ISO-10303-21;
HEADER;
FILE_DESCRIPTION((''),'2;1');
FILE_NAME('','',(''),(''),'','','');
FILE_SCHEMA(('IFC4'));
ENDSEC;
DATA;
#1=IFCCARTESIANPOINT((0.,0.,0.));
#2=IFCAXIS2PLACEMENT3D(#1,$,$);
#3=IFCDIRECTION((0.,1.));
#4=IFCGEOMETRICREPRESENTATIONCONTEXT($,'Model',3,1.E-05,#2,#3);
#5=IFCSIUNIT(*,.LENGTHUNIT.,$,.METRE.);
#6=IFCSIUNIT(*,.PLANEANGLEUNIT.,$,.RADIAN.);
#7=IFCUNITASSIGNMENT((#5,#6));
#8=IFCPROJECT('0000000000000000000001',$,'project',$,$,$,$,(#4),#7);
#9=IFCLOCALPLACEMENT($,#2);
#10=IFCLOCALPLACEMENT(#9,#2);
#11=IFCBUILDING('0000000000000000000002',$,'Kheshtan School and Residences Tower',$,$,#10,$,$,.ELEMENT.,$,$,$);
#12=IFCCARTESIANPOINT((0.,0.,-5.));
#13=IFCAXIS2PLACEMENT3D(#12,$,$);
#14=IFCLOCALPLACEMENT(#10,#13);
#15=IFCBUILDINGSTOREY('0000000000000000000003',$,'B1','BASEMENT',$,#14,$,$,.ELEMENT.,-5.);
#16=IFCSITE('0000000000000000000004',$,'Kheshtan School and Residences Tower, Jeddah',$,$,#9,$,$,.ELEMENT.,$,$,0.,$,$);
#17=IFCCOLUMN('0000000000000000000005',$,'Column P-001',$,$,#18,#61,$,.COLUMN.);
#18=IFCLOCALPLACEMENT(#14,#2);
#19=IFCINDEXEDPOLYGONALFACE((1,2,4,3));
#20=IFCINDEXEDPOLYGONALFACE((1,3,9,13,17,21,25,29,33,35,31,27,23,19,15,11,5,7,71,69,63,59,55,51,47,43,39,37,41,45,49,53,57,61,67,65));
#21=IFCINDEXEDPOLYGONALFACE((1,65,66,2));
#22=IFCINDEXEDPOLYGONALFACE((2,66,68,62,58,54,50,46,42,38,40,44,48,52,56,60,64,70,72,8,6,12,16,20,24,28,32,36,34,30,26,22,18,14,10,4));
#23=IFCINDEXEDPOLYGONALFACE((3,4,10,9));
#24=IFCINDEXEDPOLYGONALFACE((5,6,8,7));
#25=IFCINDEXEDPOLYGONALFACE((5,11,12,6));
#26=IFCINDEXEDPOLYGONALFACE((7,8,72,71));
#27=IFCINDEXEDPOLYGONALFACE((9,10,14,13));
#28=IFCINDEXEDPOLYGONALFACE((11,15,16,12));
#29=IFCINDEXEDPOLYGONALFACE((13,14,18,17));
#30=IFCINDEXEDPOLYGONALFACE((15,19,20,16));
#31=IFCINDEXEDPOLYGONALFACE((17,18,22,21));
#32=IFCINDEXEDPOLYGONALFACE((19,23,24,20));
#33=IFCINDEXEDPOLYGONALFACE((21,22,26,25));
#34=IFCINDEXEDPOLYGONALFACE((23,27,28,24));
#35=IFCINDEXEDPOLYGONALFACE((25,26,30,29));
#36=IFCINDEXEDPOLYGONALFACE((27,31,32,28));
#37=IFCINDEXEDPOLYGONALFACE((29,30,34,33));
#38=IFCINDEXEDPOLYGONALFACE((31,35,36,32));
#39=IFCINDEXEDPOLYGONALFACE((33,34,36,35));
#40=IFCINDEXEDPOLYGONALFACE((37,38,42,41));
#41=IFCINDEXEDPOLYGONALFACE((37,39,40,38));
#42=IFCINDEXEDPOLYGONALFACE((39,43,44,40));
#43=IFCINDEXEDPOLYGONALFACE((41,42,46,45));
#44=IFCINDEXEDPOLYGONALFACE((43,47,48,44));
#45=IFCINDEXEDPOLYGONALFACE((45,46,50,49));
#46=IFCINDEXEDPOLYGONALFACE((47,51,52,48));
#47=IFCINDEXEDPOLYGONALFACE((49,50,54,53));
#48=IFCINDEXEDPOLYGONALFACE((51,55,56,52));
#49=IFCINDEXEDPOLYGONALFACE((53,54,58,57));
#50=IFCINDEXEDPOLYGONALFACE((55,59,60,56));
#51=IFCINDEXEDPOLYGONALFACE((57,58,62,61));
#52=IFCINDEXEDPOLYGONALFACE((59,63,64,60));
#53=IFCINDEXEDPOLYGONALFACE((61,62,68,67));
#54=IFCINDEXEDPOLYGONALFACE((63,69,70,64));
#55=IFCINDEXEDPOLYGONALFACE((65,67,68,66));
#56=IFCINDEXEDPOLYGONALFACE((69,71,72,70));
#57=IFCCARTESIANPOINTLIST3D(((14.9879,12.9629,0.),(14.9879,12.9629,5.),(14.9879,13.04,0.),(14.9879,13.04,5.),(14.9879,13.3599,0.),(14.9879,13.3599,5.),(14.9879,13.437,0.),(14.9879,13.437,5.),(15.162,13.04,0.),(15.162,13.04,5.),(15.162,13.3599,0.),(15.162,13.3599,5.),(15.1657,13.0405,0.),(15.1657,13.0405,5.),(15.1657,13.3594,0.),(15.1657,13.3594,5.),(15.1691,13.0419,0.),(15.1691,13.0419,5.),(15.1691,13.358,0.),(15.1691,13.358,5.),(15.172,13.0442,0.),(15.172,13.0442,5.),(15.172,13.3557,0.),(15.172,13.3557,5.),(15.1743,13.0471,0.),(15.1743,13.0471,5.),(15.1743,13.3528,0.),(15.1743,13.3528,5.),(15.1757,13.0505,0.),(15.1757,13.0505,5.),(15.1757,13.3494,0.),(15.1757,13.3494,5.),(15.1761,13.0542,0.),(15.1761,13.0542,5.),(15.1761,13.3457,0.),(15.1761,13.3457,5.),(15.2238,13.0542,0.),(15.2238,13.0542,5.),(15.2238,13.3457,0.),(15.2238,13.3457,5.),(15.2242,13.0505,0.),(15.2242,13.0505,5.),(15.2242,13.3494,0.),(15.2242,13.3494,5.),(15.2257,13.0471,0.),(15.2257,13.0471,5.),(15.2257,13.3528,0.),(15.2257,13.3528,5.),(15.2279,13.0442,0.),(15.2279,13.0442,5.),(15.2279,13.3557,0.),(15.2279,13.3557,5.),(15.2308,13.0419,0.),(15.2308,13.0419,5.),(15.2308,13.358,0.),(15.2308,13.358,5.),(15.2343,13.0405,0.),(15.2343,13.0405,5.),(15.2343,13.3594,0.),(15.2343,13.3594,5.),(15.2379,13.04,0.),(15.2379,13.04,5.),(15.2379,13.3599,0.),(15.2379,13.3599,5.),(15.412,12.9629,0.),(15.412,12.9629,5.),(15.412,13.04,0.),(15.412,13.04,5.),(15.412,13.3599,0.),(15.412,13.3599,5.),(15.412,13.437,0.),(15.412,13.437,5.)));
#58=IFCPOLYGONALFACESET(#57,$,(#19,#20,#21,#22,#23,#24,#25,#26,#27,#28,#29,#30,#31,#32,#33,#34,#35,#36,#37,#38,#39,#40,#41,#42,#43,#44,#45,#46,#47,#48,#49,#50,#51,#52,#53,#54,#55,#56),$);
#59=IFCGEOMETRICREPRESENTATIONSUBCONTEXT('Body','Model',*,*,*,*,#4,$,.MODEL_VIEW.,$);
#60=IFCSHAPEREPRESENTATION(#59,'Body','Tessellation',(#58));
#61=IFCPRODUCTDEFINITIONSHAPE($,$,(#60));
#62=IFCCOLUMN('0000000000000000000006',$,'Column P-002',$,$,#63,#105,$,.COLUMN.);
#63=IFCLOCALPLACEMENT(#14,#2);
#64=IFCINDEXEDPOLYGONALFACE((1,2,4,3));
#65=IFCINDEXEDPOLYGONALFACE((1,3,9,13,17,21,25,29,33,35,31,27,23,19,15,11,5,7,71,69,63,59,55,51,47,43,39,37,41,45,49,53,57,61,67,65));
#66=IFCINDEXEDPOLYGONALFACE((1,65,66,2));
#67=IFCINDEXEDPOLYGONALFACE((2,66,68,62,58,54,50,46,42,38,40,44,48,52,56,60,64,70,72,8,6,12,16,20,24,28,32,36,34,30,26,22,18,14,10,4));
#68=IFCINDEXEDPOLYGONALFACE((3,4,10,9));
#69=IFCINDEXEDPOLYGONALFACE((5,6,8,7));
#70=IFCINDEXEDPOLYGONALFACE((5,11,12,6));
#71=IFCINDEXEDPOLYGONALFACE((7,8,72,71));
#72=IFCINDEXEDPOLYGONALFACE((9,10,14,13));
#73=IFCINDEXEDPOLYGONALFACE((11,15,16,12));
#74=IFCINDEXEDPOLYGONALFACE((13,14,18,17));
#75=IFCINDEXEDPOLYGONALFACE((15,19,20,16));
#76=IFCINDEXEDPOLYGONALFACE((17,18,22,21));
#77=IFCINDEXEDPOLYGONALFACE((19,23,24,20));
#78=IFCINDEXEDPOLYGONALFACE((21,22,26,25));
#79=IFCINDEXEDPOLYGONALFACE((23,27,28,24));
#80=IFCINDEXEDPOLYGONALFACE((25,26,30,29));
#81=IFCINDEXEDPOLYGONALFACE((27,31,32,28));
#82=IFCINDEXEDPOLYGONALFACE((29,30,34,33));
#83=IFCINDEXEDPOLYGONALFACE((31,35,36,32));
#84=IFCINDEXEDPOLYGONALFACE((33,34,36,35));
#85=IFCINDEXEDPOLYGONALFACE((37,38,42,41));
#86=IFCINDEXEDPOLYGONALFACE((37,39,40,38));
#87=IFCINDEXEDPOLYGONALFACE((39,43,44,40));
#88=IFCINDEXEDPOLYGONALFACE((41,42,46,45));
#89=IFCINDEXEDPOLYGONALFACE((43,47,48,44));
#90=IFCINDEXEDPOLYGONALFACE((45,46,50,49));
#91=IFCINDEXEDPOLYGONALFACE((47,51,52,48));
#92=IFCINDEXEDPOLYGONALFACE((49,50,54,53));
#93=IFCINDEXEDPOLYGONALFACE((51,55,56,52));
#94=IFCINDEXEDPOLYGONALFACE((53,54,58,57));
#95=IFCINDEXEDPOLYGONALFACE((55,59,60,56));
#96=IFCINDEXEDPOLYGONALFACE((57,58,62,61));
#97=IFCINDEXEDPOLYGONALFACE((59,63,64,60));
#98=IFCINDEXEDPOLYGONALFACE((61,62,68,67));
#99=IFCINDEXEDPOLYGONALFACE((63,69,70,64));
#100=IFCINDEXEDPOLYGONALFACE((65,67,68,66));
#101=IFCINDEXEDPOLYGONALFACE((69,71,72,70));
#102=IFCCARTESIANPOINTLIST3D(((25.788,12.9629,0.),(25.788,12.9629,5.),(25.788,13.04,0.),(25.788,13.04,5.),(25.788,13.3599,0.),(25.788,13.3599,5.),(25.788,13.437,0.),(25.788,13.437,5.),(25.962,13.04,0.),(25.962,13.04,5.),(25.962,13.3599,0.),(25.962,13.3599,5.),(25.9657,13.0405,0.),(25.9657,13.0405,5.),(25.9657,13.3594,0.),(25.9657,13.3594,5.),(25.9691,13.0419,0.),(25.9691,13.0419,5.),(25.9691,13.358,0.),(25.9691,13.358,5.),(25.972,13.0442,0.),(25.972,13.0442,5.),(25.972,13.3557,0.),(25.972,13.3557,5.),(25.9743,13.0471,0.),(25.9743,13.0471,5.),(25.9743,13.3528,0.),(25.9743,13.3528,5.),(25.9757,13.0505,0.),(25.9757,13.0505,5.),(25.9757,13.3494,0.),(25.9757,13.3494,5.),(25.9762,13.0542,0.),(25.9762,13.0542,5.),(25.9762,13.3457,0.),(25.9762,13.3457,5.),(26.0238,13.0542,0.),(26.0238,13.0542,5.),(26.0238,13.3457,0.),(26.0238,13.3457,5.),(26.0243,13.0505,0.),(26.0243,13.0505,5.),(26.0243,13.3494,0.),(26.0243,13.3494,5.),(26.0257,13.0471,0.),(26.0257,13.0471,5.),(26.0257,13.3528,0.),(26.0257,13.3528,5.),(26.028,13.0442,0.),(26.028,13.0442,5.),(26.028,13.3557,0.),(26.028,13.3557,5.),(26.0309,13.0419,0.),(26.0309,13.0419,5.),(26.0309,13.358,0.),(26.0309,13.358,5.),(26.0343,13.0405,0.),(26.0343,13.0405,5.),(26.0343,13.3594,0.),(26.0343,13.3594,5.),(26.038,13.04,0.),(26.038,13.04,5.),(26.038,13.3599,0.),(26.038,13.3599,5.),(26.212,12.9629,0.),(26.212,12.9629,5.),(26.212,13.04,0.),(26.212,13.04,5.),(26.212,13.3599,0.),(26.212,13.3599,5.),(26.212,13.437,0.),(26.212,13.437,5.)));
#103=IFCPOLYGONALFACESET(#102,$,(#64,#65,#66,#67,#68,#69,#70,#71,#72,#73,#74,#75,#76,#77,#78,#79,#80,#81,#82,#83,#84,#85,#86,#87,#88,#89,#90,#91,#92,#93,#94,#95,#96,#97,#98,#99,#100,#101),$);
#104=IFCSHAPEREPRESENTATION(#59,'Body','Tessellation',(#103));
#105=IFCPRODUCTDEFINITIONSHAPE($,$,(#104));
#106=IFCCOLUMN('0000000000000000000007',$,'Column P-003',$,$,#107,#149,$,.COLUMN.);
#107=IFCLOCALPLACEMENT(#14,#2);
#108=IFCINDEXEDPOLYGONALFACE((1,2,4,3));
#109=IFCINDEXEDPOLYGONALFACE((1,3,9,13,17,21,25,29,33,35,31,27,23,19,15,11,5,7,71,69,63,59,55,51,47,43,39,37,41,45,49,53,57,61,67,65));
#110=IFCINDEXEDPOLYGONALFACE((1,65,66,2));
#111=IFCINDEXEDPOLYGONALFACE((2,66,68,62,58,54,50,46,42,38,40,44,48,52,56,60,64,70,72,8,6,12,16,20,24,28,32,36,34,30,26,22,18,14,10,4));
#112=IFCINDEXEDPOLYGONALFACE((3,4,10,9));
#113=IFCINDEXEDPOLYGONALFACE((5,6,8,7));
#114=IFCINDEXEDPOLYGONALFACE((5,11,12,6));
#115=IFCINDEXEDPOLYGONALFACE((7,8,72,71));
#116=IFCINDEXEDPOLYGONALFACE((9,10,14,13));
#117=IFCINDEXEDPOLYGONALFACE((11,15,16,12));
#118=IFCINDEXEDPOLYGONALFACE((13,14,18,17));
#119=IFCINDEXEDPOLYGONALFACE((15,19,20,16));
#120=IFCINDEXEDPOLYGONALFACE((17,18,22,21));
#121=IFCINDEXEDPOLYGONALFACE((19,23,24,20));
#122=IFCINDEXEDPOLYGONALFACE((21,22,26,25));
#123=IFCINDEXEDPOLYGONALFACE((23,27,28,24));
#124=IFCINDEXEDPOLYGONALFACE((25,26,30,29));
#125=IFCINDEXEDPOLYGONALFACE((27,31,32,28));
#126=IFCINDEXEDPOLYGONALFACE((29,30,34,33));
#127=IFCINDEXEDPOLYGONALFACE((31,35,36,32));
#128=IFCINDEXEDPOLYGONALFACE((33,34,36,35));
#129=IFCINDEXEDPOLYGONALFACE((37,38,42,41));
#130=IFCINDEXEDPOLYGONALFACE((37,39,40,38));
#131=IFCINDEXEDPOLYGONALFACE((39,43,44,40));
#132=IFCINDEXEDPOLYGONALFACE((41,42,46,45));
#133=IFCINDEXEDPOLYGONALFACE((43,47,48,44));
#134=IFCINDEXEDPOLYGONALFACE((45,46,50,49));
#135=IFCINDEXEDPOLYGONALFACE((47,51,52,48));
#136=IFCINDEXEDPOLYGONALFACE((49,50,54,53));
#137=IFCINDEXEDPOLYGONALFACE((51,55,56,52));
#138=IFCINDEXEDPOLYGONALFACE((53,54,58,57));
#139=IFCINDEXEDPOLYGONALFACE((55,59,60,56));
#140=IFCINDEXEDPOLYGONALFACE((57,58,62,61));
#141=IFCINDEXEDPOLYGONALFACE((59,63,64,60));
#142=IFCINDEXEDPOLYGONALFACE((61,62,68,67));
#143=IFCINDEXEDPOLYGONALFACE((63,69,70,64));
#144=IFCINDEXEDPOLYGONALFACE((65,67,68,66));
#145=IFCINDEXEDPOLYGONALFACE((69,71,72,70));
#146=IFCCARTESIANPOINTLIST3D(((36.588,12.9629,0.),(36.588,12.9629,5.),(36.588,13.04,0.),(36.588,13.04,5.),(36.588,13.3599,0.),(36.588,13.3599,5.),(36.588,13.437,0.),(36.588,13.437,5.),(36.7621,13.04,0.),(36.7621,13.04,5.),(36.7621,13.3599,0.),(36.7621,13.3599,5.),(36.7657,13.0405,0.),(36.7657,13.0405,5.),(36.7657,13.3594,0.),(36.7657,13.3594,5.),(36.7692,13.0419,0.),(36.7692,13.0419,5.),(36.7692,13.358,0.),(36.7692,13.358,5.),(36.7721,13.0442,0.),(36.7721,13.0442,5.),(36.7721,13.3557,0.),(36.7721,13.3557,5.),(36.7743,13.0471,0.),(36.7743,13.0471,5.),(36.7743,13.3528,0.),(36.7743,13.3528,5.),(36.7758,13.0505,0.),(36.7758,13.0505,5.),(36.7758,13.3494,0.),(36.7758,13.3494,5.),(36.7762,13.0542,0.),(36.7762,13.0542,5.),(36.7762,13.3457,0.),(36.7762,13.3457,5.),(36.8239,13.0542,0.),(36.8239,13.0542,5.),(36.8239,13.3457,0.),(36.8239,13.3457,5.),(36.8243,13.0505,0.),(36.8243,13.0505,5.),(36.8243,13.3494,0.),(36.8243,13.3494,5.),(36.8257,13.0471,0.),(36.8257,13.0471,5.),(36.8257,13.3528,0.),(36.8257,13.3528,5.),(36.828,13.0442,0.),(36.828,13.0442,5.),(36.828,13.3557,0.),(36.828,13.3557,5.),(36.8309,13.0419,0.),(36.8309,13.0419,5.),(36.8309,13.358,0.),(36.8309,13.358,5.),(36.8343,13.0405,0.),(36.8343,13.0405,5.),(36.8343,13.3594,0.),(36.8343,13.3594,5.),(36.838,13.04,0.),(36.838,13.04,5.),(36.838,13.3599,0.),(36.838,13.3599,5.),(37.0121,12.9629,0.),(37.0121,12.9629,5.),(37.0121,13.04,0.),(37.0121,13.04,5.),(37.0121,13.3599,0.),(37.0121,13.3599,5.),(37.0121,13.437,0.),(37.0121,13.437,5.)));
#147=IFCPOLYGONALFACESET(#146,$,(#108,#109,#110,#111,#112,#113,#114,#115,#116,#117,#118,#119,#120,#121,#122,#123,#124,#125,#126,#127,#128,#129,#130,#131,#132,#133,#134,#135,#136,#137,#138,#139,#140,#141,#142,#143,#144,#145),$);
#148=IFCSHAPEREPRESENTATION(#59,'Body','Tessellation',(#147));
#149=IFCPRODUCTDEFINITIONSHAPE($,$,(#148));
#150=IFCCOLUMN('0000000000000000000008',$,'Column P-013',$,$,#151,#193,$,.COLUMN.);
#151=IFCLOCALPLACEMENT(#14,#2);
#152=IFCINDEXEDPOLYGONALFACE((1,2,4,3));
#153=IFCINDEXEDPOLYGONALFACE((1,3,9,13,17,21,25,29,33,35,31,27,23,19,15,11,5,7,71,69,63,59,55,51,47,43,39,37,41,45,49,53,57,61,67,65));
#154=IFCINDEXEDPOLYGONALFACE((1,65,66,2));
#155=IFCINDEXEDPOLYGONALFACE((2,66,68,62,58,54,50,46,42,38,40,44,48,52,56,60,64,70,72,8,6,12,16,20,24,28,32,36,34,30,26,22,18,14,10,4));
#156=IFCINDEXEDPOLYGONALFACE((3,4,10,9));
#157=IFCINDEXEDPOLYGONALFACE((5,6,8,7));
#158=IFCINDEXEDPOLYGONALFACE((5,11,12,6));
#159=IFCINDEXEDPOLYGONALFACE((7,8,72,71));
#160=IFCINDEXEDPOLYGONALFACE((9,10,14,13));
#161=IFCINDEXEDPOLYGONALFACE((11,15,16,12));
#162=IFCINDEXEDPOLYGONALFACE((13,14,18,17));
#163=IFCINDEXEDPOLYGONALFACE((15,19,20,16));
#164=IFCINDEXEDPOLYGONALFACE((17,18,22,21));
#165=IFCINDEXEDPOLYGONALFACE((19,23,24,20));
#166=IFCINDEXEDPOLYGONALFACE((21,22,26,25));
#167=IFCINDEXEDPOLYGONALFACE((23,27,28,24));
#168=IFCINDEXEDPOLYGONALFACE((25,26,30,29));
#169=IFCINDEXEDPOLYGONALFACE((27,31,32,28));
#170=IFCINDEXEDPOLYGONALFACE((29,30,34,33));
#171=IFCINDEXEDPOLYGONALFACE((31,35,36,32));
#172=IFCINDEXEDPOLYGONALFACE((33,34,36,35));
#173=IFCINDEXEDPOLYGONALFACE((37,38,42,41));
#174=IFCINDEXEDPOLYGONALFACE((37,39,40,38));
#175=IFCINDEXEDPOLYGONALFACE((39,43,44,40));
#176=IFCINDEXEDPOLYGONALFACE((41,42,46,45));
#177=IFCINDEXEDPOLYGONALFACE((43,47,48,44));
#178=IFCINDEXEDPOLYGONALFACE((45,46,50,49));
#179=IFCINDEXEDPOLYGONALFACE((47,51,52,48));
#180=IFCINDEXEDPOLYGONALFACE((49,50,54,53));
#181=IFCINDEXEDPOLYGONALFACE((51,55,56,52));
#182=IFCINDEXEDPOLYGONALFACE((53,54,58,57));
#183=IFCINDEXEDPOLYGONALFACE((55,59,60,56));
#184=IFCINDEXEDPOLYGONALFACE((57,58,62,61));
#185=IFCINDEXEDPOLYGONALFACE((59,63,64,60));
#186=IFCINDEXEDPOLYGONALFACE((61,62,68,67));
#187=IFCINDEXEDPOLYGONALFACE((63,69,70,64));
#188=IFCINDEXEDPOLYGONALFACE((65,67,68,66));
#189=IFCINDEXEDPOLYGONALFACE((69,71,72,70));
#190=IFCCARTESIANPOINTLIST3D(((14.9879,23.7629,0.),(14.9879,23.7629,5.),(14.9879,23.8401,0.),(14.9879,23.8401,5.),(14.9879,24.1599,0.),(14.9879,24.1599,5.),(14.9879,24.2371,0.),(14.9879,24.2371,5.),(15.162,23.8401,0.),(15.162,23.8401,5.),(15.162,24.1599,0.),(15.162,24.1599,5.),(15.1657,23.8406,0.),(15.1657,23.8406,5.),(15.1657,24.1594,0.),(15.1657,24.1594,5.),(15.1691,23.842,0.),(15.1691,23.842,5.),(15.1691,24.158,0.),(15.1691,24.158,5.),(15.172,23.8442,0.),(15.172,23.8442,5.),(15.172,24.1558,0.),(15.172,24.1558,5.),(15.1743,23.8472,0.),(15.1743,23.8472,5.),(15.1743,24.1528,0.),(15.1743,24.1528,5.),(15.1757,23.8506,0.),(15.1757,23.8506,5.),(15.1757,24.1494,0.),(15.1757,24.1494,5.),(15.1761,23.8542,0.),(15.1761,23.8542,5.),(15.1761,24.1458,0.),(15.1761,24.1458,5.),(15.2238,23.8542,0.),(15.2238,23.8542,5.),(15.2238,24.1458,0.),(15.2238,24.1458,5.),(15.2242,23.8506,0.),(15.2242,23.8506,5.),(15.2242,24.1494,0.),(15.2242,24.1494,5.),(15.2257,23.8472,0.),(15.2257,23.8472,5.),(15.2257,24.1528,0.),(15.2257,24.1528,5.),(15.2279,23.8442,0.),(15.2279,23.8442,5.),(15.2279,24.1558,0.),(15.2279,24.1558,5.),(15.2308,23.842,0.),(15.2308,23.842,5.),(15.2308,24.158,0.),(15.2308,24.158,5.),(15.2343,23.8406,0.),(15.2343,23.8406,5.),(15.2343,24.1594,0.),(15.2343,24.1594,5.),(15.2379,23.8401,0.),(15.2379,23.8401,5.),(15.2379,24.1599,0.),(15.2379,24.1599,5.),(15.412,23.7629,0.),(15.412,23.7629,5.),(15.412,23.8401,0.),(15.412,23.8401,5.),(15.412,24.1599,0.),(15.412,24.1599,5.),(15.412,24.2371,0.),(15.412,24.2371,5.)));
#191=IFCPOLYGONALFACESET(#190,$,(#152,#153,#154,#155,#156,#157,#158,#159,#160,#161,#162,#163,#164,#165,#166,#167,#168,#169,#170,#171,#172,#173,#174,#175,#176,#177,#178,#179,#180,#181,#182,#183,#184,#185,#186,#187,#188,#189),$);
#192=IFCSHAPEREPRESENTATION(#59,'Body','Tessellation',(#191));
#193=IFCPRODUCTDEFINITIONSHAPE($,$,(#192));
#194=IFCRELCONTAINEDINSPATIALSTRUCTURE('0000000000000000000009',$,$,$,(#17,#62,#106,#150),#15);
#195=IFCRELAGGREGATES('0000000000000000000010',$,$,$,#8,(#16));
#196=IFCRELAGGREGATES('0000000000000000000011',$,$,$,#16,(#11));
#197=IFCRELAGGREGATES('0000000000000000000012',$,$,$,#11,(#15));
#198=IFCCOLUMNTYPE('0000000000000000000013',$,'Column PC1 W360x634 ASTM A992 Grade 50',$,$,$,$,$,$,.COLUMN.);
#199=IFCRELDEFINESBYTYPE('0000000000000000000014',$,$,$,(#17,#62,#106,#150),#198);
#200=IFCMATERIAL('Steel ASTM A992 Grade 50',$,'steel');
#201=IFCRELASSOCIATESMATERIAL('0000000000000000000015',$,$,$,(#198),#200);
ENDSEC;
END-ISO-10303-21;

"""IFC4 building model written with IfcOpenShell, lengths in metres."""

from ifc_helpers import new_model, si_unit, direction, frame, origin, origin_2d, place, context, subcontext, project, spatial, i_section, extrude, material, material_profile, profile_set, type_object, element, save


model = new_model("IFC4")

# Units and contexts
model_context = context("Model", 3, precision=1e-05, world=origin(), true_north=direction((0.0, 1.0)))
body_context = subcontext(model_context, "Body", "Model", "MODEL_VIEW")
ifc_project = project(units=[si_unit("LENGTHUNIT", "METRE"), si_unit("PLANEANGLEUNIT", "RADIAN")], contexts=[model_context])

# Site, building, storey
site_placement = place(None, origin())
site = spatial("IfcSite", under=ifc_project, at=site_placement, Name="Kheshtan School and Residences Tower, Jeddah", CompositionType="ELEMENT", RefElevation=0.0)
building_placement = place(site_placement, origin())
building = spatial("IfcBuilding", under=site, at=building_placement, Name="Kheshtan School and Residences Tower", CompositionType="ELEMENT")
storey_placement = place(building_placement, frame((0.0, 0.0, -5.0)))
storey = spatial("IfcBuildingStorey", under=building, at=storey_placement, Name="B1", Description="BASEMENT", CompositionType="ELEMENT", Elevation=-5.0)

# Columns
ifc_material_1 = material(Name="Steel ASTM A992 Grade 50", Category="steel")
ifc_material_profile = material_profile(ifc_material_1, i_section(OverallWidth=0.4241, OverallDepth=0.4741, WebThickness=0.0476, FlangeThickness=0.0771, FilletRadius=0.0142, at=origin_2d()), Name="W360x634")
ifc_profile_set = profile_set([ifc_material_profile], Name="Steel ASTM A992 Grade 50")
column_type = type_object("IfcColumnType", Name="Column PC1 W360x634 ASTM A992 Grade 50", PredefinedType="COLUMN", material=ifc_profile_set)
for number, where, z_axis, x_axis, name in (
    (1, (15.2, 13.2, 0.0), (0.0, 0.0, 1.0), (1.0, 0.0, 0.0), "Column P-001"),
    (2, (26.0, 13.2, 0.0), (0.0, 0.0, 1.0), (1.0, 0.0, 0.0), "Column P-002"),
    (3, (36.8, 13.2, 0.0), (0.0, 0.0, 1.0), (1.0, 0.0, 0.0), "Column P-003"),
    (4, (15.2, 24.0, 0.0), (0.0, 0.0, 1.0), (1.0, 0.0, 0.0), "Column P-013"),
):
    element("IfcColumn", number, at=place(storey_placement, frame(where, z_axis=z_axis, x_axis=x_axis)), inside=storey, type_object=column_type, Name=name, PredefinedType="COLUMN", context=body_context, shape_type="SweptSolid", body=[
        extrude(i_section(OverallWidth=0.4241, OverallDepth=0.4741, WebThickness=0.0476, FlangeThickness=0.0771, FilletRadius=0.0142, at=origin_2d()), origin(), (0.0, 0.0, 1.0), 5.0),
    ])

save(model, "model.ifc")
